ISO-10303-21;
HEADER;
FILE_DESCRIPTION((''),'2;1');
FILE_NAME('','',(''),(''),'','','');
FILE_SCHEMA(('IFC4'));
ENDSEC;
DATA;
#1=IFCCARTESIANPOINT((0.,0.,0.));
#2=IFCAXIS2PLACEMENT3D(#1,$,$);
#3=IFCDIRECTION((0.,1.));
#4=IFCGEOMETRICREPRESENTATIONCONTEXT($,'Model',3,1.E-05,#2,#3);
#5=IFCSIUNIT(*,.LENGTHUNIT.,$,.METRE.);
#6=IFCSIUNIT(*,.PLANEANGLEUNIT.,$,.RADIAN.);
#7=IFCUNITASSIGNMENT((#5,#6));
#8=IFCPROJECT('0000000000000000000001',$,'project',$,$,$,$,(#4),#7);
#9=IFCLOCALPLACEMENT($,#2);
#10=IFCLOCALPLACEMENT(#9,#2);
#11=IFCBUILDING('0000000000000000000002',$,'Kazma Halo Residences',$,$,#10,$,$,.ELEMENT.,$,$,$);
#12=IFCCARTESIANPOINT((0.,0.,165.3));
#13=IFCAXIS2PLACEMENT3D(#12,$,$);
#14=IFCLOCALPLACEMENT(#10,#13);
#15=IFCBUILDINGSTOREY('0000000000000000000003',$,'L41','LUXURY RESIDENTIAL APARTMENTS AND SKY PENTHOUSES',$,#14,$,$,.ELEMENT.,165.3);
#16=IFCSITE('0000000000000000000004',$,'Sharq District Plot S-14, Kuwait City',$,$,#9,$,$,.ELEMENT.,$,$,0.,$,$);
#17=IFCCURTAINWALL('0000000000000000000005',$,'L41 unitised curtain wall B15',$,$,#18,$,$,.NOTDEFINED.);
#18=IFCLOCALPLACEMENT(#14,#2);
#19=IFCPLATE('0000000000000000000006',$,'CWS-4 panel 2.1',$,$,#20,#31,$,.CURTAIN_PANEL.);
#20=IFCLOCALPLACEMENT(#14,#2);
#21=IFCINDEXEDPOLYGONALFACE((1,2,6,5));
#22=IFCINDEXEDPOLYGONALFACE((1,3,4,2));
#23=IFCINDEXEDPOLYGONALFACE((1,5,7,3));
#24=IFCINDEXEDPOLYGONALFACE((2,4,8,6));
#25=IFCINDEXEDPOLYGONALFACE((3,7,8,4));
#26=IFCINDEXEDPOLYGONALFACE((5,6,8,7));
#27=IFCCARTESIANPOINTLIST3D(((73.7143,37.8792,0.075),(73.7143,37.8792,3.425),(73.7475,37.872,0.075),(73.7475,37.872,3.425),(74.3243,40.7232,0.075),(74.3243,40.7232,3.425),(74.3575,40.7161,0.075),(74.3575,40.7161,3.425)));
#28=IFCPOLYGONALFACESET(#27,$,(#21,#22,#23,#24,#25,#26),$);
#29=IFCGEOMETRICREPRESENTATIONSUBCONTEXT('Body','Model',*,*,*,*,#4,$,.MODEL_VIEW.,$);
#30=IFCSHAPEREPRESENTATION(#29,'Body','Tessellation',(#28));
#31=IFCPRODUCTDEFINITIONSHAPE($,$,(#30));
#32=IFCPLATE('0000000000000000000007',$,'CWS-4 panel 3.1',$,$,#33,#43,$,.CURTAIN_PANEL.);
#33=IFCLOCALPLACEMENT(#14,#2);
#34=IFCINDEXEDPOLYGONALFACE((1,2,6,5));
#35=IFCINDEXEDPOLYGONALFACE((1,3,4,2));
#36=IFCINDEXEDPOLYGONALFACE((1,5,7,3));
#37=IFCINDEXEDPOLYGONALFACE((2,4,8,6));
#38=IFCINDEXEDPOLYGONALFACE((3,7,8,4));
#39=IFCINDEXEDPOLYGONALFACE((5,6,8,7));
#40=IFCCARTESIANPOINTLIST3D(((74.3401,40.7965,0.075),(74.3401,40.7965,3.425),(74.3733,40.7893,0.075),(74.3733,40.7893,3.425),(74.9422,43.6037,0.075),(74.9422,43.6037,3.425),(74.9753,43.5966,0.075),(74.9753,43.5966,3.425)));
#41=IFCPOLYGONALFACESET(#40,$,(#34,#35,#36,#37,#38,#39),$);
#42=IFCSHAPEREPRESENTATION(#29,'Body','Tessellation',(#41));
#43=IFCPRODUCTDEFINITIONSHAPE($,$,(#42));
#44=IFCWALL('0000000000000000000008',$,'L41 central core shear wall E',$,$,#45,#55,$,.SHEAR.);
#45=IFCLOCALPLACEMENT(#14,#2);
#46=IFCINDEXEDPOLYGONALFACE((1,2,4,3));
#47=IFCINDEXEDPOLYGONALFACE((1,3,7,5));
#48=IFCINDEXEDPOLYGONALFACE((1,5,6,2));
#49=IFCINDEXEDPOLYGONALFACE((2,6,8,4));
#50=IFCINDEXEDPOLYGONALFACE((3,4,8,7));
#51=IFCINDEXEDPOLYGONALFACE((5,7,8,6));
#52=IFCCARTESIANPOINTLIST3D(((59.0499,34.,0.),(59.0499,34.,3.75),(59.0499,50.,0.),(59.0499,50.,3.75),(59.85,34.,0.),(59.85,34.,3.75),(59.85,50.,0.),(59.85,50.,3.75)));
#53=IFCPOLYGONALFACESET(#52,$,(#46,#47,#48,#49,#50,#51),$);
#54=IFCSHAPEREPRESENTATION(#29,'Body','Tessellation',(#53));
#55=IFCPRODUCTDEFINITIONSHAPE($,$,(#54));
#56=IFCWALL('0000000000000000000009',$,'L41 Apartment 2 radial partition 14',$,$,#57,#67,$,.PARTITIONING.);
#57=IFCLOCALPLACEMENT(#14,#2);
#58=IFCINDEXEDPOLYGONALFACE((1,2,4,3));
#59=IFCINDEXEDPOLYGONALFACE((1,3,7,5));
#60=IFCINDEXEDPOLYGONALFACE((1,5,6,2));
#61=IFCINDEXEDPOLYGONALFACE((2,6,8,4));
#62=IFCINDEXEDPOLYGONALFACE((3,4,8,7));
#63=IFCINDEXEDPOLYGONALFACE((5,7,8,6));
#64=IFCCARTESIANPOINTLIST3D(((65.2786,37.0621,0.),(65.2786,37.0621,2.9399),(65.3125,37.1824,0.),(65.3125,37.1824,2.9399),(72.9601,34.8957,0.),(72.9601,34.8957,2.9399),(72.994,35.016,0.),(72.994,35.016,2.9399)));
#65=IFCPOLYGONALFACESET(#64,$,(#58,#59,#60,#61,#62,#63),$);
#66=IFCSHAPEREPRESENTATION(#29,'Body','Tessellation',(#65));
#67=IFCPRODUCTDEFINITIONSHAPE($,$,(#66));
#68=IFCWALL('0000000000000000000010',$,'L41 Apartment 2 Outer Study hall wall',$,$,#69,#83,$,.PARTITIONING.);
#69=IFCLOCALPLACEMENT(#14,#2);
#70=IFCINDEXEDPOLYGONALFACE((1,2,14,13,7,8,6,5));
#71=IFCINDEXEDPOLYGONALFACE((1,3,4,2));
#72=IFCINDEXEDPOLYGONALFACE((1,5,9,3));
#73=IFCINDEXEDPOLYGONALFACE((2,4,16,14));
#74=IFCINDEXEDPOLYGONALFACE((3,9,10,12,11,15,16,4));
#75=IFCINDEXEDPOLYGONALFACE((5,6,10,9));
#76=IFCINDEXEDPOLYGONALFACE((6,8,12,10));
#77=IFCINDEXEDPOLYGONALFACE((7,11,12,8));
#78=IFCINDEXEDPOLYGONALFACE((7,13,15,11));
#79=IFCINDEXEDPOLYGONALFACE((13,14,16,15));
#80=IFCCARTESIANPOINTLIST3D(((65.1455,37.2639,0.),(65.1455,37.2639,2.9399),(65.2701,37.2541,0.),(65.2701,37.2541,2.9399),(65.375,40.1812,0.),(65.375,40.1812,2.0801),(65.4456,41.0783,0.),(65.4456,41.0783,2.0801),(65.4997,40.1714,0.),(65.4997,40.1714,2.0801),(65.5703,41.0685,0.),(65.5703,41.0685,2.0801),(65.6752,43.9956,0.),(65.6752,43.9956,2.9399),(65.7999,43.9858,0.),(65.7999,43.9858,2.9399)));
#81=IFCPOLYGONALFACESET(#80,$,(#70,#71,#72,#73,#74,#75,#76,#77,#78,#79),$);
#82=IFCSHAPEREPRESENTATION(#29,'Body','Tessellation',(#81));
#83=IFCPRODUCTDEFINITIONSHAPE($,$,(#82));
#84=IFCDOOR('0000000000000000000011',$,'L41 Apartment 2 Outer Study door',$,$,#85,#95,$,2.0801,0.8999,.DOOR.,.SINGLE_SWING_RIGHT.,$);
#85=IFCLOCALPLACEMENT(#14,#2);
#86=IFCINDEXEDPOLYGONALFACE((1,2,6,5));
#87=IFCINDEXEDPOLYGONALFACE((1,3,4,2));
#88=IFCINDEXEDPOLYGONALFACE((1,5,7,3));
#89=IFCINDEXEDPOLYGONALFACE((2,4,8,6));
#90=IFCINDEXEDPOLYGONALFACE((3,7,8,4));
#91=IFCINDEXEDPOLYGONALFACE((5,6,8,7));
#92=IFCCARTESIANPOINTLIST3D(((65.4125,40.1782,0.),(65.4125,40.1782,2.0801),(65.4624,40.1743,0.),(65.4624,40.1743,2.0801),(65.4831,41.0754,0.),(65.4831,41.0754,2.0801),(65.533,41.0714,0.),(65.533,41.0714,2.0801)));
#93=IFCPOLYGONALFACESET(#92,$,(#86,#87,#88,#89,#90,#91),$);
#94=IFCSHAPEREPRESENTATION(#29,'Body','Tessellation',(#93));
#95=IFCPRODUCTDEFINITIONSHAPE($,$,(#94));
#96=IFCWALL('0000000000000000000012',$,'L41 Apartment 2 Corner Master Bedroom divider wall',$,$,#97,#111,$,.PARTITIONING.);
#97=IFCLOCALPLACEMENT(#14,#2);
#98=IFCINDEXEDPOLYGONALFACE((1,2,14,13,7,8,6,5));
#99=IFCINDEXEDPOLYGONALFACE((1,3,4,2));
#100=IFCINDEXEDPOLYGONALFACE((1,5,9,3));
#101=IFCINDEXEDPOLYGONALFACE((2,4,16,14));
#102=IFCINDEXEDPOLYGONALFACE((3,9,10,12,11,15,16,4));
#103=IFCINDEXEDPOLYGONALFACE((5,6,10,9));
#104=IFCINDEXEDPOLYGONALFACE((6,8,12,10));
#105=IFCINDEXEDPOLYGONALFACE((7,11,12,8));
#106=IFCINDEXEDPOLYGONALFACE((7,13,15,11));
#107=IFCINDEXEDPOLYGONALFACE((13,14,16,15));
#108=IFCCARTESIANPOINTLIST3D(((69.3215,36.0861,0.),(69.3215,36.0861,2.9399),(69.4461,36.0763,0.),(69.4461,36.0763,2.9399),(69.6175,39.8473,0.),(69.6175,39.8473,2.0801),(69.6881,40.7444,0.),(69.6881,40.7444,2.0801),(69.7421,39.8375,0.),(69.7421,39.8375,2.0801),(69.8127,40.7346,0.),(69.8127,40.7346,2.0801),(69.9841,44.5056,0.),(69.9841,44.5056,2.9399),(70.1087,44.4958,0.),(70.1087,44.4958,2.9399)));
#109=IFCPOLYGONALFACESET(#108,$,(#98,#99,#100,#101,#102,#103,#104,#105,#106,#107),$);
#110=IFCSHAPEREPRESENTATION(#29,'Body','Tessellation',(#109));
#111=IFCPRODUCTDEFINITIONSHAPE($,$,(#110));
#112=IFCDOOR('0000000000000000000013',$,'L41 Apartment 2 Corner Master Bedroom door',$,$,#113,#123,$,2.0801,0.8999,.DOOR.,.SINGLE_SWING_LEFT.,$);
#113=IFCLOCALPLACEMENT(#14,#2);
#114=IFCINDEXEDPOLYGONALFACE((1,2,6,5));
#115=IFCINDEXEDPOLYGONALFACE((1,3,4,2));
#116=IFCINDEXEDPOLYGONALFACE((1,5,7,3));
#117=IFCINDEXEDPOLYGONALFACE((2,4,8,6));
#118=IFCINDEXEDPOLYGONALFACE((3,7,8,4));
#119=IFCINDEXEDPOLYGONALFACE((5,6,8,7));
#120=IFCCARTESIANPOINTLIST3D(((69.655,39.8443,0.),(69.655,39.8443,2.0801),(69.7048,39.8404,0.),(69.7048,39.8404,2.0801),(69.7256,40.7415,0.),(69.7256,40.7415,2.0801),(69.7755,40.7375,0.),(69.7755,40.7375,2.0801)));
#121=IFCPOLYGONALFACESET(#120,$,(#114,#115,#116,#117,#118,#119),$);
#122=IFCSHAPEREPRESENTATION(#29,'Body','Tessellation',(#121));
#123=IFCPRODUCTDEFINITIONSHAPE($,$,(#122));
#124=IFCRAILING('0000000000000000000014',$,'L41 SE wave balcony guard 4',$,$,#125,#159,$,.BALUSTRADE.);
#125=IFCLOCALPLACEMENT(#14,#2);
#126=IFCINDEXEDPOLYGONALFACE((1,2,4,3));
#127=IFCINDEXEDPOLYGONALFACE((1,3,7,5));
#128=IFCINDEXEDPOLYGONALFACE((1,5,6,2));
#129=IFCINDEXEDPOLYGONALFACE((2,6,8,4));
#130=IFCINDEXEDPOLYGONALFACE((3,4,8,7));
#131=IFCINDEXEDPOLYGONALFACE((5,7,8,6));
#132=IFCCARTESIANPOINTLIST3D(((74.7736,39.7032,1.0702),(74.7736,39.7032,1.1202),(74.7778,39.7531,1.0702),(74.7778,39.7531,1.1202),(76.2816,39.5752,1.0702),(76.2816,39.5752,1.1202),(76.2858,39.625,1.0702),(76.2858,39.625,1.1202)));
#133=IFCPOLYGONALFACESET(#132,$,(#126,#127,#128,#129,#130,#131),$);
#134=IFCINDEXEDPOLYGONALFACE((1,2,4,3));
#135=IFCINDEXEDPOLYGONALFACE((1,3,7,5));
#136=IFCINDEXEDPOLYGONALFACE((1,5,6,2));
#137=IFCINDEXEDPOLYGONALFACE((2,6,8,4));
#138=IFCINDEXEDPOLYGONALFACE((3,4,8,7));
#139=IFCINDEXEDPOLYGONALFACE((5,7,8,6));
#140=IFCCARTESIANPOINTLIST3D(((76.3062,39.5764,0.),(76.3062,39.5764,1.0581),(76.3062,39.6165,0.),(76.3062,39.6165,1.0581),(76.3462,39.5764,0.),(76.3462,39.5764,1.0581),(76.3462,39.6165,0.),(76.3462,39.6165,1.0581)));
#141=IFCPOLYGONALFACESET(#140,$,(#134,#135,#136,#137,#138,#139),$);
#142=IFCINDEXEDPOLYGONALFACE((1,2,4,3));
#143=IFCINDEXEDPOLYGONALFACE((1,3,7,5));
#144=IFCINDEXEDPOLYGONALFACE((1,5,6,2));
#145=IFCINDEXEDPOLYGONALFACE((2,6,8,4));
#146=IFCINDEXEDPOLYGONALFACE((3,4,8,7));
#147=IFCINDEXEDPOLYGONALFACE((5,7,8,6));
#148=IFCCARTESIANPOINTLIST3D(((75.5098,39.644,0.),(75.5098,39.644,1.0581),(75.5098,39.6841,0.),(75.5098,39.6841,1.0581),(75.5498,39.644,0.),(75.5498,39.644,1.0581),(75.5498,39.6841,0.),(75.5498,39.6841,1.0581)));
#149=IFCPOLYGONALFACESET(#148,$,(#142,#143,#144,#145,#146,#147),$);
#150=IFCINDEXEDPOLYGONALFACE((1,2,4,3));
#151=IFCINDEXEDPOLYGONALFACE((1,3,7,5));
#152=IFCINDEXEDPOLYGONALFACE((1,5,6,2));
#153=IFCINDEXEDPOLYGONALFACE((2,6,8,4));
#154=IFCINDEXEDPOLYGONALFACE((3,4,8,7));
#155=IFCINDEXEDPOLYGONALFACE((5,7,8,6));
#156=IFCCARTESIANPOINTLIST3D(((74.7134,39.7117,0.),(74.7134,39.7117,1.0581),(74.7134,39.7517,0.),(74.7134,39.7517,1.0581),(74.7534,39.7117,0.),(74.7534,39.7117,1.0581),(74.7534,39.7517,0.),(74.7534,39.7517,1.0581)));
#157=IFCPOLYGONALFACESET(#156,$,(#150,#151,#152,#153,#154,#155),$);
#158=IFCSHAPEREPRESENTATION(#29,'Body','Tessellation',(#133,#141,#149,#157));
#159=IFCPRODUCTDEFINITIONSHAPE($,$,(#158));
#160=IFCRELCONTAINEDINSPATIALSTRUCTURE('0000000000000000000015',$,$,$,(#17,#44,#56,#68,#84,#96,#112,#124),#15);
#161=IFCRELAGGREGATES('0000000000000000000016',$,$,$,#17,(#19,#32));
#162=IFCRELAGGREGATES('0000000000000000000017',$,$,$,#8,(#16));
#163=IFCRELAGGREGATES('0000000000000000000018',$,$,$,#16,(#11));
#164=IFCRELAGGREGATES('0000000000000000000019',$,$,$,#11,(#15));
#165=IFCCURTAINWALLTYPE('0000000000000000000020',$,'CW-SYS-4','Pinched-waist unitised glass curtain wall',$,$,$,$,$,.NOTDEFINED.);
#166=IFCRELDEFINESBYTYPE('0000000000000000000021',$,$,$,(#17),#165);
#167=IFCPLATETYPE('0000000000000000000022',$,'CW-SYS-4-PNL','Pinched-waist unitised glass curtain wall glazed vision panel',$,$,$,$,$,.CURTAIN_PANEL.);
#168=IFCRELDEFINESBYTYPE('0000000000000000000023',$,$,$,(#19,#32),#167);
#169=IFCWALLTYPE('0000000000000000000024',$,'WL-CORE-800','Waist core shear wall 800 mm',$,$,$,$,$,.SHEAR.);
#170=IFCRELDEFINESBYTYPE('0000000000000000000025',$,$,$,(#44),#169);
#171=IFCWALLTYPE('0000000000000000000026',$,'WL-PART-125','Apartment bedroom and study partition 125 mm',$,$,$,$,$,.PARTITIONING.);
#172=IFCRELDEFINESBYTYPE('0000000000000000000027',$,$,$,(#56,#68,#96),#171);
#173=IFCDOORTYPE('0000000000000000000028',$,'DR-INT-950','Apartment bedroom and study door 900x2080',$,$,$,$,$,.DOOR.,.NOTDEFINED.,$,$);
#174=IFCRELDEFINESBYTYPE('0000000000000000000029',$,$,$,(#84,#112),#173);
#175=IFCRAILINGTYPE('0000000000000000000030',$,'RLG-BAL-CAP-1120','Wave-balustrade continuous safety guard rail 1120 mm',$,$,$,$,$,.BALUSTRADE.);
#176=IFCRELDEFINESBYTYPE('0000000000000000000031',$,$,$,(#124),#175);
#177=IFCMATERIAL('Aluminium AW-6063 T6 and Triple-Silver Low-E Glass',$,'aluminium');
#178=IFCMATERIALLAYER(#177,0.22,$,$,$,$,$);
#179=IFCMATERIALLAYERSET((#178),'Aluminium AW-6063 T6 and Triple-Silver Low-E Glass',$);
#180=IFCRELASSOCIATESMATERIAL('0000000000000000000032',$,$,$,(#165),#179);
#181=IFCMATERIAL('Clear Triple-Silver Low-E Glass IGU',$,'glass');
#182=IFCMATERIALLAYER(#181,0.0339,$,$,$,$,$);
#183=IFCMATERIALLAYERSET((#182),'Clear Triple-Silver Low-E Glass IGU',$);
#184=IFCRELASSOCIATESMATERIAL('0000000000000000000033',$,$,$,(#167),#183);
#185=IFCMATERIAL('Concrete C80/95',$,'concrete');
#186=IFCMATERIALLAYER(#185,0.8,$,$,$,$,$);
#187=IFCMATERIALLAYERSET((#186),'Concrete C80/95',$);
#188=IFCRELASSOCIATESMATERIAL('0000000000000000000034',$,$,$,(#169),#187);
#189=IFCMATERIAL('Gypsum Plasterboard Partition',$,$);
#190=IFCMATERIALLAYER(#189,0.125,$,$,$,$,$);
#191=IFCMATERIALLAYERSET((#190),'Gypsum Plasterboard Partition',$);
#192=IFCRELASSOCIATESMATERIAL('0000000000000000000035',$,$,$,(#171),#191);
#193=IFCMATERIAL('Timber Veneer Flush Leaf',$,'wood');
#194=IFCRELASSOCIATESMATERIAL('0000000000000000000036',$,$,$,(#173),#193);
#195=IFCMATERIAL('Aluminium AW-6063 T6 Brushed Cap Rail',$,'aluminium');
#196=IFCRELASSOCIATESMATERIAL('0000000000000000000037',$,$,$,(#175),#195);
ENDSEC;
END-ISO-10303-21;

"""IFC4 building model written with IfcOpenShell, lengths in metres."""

from ifc_helpers import new_model, si_unit, direction, frame, frame_2d, origin, origin_2d, place, context, subcontext, project, spatial, rectangle, extrude, material, layer, layer_set, type_object, element, fill, aggregate, save


model = new_model("IFC4")

# Units and contexts
model_context = context("Model", 3, precision=1e-05, world=origin(), true_north=direction((0.0, 1.0)))
body_context = subcontext(model_context, "Body", "Model", "MODEL_VIEW")
ifc_project = project(units=[si_unit("LENGTHUNIT", "METRE"), si_unit("PLANEANGLEUNIT", "RADIAN")], contexts=[model_context])

# Site, building, storey
site_placement = place(None, origin())
site = spatial("IfcSite", under=ifc_project, at=site_placement, Name="Sharq District Plot S-14, Kuwait City", CompositionType="ELEMENT", RefElevation=0.0)
building_placement = place(site_placement, origin())
building = spatial("IfcBuilding", under=site, at=building_placement, Name="Kazma Halo Residences", CompositionType="ELEMENT")
storey_placement = place(building_placement, frame((0.0, 0.0, 165.3)))
storey = spatial("IfcBuildingStorey", under=building, at=storey_placement, Name="L41", Description="LUXURY RESIDENTIAL APARTMENTS AND SKY PENTHOUSES", CompositionType="ELEMENT", Elevation=165.3)

# Shared definitions
ifc_material_1 = material(Name="Concrete C80/95", Category="concrete")

# Curtain wall, plates
ifc_material_2 = material(Name="Aluminium AW-6063 T6 and Triple-Silver Low-E Glass", Category="aluminium")
ifc_layer_1 = layer(ifc_material_2, 0.22)
ifc_layer_set_1 = layer_set([ifc_layer_1], Name="Aluminium AW-6063 T6 and Triple-Silver Low-E Glass")
curtain_wall_type = type_object("IfcCurtainWallType", Name="CW-SYS-4", Description="Pinched-waist unitised glass curtain wall", PredefinedType="NOTDEFINED", material=ifc_layer_set_1)
curtain_wall_placement = place(storey_placement, origin())
curtain_wall = element("IfcCurtainWall", 1, at=curtain_wall_placement, inside=storey, type_object=curtain_wall_type, Name="L41 unitised curtain wall B15", PredefinedType="NOTDEFINED")
ifc_material_3 = material(Name="Clear Triple-Silver Low-E Glass IGU", Category="glass")
ifc_layer_2 = layer(ifc_material_3, 0.0339)
ifc_layer_set_2 = layer_set([ifc_layer_2], Name="Clear Triple-Silver Low-E Glass IGU")
plate_type = type_object("IfcPlateType", Name="CW-SYS-4-PNL", Description="Pinched-waist unitised glass curtain wall glazed vision panel", PredefinedType="CURTAIN_PANEL", material=ifc_layer_set_2)
plate_1_placement = place(storey_placement, frame((74.0359, 39.2976, 0.075), z_axis=(0.0, 0.0, 1.0), x_axis=(0.209704, 0.977765, 0.0)))
plate_1 = element("IfcPlate", 2, at=plate_1_placement, type_object=plate_type, Name="CWS-4 panel 2.1", PredefinedType="CURTAIN_PANEL", context=body_context, shape_type="SweptSolid", body=[
    extrude(rectangle(XDim=2.9087, YDim=0.0339, at=origin_2d()), origin(), (0.0, 0.0, 1.0), 3.3501),
])
plate_2_placement = place(storey_placement, frame((74.6577, 42.1965, 0.075), z_axis=(0.0, 0.0, 1.0), x_axis=(0.209704, 0.977765, 0.0)))
plate_2 = element("IfcPlate", 3, at=plate_2_placement, type_object=plate_type, Name="CWS-4 panel 3.1", PredefinedType="CURTAIN_PANEL", context=body_context, shape_type="SweptSolid", body=[
    extrude(rectangle(XDim=2.8711, YDim=0.0339, at=origin_2d()), origin(), (0.0, 0.0, 1.0), 3.3501),
])
aggregate(curtain_wall, [plate_1, plate_2])

# Walls
ifc_layer_3 = layer(ifc_material_1, 0.8)
ifc_layer_set_3 = layer_set([ifc_layer_3], Name="Concrete C80/95")
wall_type_1 = type_object("IfcWallType", Name="WL-CORE-800", Description="Waist core shear wall 800 mm", PredefinedType="SHEAR", material=ifc_layer_set_3)
wall_1_placement = place(storey_placement, frame((59.45, 34.0, 0.0), z_axis=(0.0, 0.0, 1.0), x_axis=(0.0, 1.0, 0.0)))
element("IfcWall", 4, at=wall_1_placement, inside=storey, type_object=wall_type_1, Name="L41 central core shear wall E", PredefinedType="SHEAR", context=body_context, shape_type="SweptSolid", body=[
    extrude(rectangle(XDim=16.0, YDim=0.8, at=frame_2d((8.0, 0.0))), origin(), (0.0, 0.0, 1.0), 3.75),
])
ifc_material_4 = material(Name="Gypsum Plasterboard Partition")
ifc_layer_4 = layer(ifc_material_4, 0.125)
ifc_layer_set_4 = layer_set([ifc_layer_4], Name="Gypsum Plasterboard Partition")
wall_type_2 = type_object("IfcWallType", Name="WL-PART-125", Description="Apartment bedroom and study partition 125 mm", PredefinedType="PARTITIONING", material=ifc_layer_set_4)
wall_2_placement = place(storey_placement, frame((65.2954, 37.1223, 0.0), z_axis=(0.0, 0.0, 1.0), x_axis=(0.962453, -0.271447, 0.0)))
element("IfcWall", 5, at=wall_2_placement, inside=storey, type_object=wall_type_2, Name="L41 Apartment 2 radial partition 14", PredefinedType="PARTITIONING", context=body_context, shape_type="SweptSolid", body=[
    extrude(rectangle(XDim=7.9812, YDim=0.125, at=frame_2d((3.9907, 0.0))), origin(), (0.0, 0.0, 1.0), 2.9399),
])

# Walls, openings, doors
wall_3_placement = place(storey_placement, frame((65.2078, 37.259, 0.0), z_axis=(0.0, 0.0, 1.0), x_axis=(0.078458, 0.996917, 0.0)))
wall_3 = element("IfcWall", 6, at=wall_3_placement, inside=storey, type_object=wall_type_2, Name="L41 Apartment 2 Outer Study hall wall", PredefinedType="PARTITIONING", context=body_context, shape_type="SweptSolid", body=[
    extrude(rectangle(XDim=6.7524, YDim=0.125, at=frame_2d((3.3762, 0.0))), origin(), (0.0, 0.0, 1.0), 2.9399),
])
opening_1_placement = place(wall_3_placement, frame((2.9263, 0.0, 0.0)))
opening_1 = element("IfcOpeningElement", 7, at=opening_1_placement, cuts=wall_3, PredefinedType="OPENING", context=body_context, shape_type="SweptSolid", body=[
    extrude(rectangle(XDim=0.8999, YDim=2.0801, at=frame_2d((0.45, 1.04))), frame((0.0, 0.0725, 0.0), z_axis=(0.0, -1.0, 0.0), x_axis=(1.0, 0.0, 0.0)), (0.0, 0.0, 1.0), 0.145),
])
ifc_material_5 = material(Name="Timber Veneer Flush Leaf", Category="wood")
door_type = type_object("IfcDoorType", Name="DR-INT-950", Description="Apartment bedroom and study door 900x2080", OperationType="NOTDEFINED", PredefinedType="DOOR", material=ifc_material_5)
door_1_placement = place(opening_1_placement, origin())
door_1 = element("IfcDoor", 8, at=door_1_placement, inside=storey, type_object=door_type, Name="L41 Apartment 2 Outer Study door", OperationType="SINGLE_SWING_RIGHT", OverallHeight=2.0801, OverallWidth=0.8999, PredefinedType="DOOR", context=body_context, shape_type="SweptSolid", body=[
    extrude(rectangle(XDim=0.8999, YDim=2.0801, at=frame_2d((0.45, 1.04))), frame((0.0, 0.0249, 0.0), z_axis=(0.0, -1.0, 0.0), x_axis=(1.0, 0.0, 0.0)), (0.0, 0.0, 1.0), 0.05),
])
fill(opening_1, door_1)
wall_4_placement = place(storey_placement, frame((69.3838, 36.0813, 0.0), z_axis=(0.0, 0.0, 1.0), x_axis=(0.078456, 0.996918, 0.0)))
wall_4 = element("IfcWall", 9, at=wall_4_placement, inside=storey, type_object=wall_type_2, Name="L41 Apartment 2 Corner Master Bedroom divider wall", PredefinedType="PARTITIONING", context=body_context, shape_type="SweptSolid", body=[
    extrude(rectangle(XDim=8.4456, YDim=0.125, at=frame_2d((4.2227, 0.0))), origin(), (0.0, 0.0, 1.0), 2.9399),
])
opening_2_placement = place(wall_4_placement, frame((3.7727, 0.0, 0.0)))
opening_2 = element("IfcOpeningElement", 10, at=opening_2_placement, cuts=wall_4, PredefinedType="OPENING", context=body_context, shape_type="SweptSolid", body=[
    extrude(rectangle(XDim=0.8999, YDim=2.0801, at=frame_2d((0.45, 1.04))), frame((0.0, 0.0725, 0.0), z_axis=(0.0, -1.0, 0.0), x_axis=(1.0, 0.0, 0.0)), (0.0, 0.0, 1.0), 0.145),
])
door_2_placement = place(opening_2_placement, origin())
door_2 = element("IfcDoor", 11, at=door_2_placement, inside=storey, type_object=door_type, Name="L41 Apartment 2 Corner Master Bedroom door", OperationType="SINGLE_SWING_LEFT", OverallHeight=2.0801, OverallWidth=0.8999, PredefinedType="DOOR", context=body_context, shape_type="SweptSolid", body=[
    extrude(rectangle(XDim=0.8999, YDim=2.0801, at=frame_2d((0.45, 1.04))), frame((0.0, 0.0249, 0.0), z_axis=(0.0, -1.0, 0.0), x_axis=(1.0, 0.0, 0.0)), (0.0, 0.0, 1.0), 0.05),
])
fill(opening_2, door_2)

# Railing
ifc_material_6 = material(Name="Aluminium AW-6063 T6 Brushed Cap Rail", Category="aluminium")
railing_type = type_object("IfcRailingType", Name="RLG-BAL-CAP-1120", Description="Wave-balustrade continuous safety guard rail 1120 mm", PredefinedType="BALUSTRADE", material=ifc_material_6)
railing_placement = place(storey_placement, frame((76.3262, 39.5964, 0.0)))
element("IfcRailing", 12, at=railing_placement, inside=storey, type_object=railing_type, Name="L41 SE wave balcony guard 4", PredefinedType="BALUSTRADE", context=body_context, shape_type="SweptSolid", body=[
    extrude(rectangle(XDim=0.05, YDim=0.05, at=origin_2d()), frame((-0.0425, 0.0037, 1.0952), z_axis=(-0.996414, 0.084613, 0.0), x_axis=(-0.084613, -0.996414, 0.0)), (0.0, 0.0, 1.0), 1.5134),
    extrude(rectangle(XDim=0.04, YDim=0.04, at=origin_2d()), origin(), (0.0, 0.0, 1.0), 1.0581),
    extrude(rectangle(XDim=0.04, YDim=0.04, at=origin_2d()), frame((-0.7964, 0.0676, 0.0)), (0.0, 0.0, 1.0), 1.0581),
    extrude(rectangle(XDim=0.04, YDim=0.04, at=origin_2d()), frame((-1.5928, 0.1353, 0.0)), (0.0, 0.0, 1.0), 1.0581),
])

save(model, "model.ifc")
